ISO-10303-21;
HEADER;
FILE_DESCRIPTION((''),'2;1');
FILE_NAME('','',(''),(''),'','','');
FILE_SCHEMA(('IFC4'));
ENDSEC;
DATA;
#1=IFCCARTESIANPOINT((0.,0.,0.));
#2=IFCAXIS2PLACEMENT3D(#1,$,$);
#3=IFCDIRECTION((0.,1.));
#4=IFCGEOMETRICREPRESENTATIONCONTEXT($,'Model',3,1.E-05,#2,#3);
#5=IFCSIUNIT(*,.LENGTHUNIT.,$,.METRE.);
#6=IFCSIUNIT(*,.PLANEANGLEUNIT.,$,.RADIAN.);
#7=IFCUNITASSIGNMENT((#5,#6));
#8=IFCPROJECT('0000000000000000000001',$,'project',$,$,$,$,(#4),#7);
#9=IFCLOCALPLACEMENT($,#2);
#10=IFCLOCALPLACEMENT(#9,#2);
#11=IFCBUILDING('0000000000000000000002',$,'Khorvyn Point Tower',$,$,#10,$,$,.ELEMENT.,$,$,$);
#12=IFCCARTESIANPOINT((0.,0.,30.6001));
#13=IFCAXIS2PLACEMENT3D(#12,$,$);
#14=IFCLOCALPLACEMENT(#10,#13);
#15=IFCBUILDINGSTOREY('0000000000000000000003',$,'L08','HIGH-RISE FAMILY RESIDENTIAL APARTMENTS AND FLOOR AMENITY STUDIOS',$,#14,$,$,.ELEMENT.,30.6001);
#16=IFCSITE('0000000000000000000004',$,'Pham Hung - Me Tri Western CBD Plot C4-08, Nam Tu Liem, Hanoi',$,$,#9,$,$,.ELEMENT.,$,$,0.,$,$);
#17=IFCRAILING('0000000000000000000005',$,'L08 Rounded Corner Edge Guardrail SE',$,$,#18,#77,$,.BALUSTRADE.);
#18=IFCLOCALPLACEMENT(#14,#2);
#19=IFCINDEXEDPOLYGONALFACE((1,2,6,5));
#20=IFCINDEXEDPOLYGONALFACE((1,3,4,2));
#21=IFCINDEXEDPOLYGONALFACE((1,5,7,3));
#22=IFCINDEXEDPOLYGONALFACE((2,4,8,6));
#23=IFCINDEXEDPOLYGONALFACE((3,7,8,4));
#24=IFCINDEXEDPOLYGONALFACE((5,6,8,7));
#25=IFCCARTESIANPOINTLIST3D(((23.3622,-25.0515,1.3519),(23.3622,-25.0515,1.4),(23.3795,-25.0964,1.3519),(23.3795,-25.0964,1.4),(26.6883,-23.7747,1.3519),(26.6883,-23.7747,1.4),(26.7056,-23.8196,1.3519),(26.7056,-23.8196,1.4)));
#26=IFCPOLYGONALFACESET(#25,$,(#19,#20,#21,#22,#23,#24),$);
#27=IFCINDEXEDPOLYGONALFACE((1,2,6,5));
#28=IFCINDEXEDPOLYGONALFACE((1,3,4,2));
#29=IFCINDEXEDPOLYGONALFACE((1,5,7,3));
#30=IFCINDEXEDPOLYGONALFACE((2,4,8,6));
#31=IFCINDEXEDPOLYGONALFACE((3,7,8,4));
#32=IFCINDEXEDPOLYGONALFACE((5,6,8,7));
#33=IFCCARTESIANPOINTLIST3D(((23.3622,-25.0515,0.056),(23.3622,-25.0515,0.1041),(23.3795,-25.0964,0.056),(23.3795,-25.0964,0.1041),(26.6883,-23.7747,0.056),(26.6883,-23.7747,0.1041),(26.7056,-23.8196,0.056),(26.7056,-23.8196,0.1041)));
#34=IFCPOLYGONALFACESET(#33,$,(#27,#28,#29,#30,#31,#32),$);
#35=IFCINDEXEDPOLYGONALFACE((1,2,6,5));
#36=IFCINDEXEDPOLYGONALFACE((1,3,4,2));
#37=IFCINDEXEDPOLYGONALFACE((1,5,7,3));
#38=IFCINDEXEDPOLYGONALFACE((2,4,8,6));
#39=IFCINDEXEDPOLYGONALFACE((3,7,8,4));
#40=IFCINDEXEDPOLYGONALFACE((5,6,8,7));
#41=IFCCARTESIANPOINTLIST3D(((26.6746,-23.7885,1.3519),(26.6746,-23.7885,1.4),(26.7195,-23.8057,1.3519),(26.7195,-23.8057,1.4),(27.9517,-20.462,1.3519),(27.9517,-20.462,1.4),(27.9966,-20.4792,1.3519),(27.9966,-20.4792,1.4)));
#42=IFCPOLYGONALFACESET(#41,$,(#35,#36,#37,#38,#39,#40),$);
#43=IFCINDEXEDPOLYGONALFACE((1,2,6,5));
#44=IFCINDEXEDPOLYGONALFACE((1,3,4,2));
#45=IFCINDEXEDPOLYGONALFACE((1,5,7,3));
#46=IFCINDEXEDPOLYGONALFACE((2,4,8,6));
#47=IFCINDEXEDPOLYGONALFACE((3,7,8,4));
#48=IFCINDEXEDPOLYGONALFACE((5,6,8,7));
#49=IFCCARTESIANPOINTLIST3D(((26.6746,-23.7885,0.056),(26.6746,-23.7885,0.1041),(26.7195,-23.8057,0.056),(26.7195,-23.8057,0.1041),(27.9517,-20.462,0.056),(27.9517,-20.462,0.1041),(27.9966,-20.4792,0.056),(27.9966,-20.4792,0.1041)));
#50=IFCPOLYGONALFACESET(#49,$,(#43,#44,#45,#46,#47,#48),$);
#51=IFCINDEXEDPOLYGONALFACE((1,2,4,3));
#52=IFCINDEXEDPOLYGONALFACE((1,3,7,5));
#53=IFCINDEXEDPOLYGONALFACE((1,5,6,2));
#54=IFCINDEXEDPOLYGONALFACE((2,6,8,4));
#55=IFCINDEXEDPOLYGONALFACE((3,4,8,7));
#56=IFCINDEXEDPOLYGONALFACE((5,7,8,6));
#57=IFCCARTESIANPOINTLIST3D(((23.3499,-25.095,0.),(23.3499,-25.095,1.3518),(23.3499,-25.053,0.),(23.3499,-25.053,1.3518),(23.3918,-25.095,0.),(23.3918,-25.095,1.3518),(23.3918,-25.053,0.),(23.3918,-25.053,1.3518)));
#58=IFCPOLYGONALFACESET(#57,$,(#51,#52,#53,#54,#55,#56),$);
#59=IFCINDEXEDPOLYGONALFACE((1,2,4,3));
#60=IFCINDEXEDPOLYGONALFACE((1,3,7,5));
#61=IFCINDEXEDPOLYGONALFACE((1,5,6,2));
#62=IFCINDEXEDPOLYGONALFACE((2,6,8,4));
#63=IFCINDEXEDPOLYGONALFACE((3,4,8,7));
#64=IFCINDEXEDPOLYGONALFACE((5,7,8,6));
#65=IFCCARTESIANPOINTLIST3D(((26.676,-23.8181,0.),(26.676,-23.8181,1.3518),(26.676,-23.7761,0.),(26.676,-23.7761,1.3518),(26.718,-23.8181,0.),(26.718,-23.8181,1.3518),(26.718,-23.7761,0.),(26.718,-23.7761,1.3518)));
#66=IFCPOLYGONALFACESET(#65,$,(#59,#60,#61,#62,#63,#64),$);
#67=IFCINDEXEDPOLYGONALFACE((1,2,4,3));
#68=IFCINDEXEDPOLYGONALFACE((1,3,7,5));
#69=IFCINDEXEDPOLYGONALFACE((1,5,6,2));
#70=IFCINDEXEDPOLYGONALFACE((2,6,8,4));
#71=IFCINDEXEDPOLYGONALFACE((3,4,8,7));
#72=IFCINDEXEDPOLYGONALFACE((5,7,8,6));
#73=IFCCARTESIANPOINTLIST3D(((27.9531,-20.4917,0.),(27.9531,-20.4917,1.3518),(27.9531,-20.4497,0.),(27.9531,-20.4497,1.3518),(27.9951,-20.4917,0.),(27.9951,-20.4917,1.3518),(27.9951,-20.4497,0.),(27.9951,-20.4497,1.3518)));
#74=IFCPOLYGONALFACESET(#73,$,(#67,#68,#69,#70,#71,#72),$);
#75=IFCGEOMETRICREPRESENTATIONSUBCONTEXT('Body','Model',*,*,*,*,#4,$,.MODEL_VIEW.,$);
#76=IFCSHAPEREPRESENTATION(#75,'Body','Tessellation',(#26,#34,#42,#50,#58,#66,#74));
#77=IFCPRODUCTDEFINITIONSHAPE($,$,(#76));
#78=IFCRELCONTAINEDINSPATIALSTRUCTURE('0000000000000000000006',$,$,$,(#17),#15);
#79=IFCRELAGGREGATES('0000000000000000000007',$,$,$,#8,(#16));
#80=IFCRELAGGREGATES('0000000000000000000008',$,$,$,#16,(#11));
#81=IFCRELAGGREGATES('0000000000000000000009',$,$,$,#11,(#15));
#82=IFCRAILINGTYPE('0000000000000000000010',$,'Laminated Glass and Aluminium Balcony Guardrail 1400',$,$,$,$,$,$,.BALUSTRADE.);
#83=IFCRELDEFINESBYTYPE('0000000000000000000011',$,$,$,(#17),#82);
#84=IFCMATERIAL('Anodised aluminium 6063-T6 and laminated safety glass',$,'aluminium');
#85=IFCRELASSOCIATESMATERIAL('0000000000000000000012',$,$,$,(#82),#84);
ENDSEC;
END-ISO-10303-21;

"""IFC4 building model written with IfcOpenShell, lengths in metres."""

from ifc_helpers import new_model, si_unit, direction, frame, origin, origin_2d, place, context, subcontext, project, spatial, rectangle, extrude, material, type_object, element, save


model = new_model("IFC4")

# Units and contexts
model_context = context("Model", 3, precision=1e-05, world=origin(), true_north=direction((0.0, 1.0)))
body_context = subcontext(model_context, "Body", "Model", "MODEL_VIEW")
ifc_project = project(units=[si_unit("LENGTHUNIT", "METRE"), si_unit("PLANEANGLEUNIT", "RADIAN")], contexts=[model_context])

# Site, building, storey
site_placement = place(None, origin())
site = spatial("IfcSite", under=ifc_project, at=site_placement, Name="Pham Hung - Me Tri Western CBD Plot C4-08, Nam Tu Liem, Hanoi", CompositionType="ELEMENT", RefElevation=0.0)
building_placement = place(site_placement, origin())
building = spatial("IfcBuilding", under=site, at=building_placement, Name="Khorvyn Point Tower", CompositionType="ELEMENT")
storey_placement = place(building_placement, frame((0.0, 0.0, 30.6001)))
storey = spatial("IfcBuildingStorey", under=building, at=storey_placement, Name="L08", Description="HIGH-RISE FAMILY RESIDENTIAL APARTMENTS AND FLOOR AMENITY STUDIOS", CompositionType="ELEMENT", Elevation=30.6001)

# Railing
ifc_material_1 = material(Name="Anodised aluminium 6063-T6 and laminated safety glass", Category="aluminium")
railing_type = type_object("IfcRailingType", Name="Laminated Glass and Aluminium Balcony Guardrail 1400", PredefinedType="BALUSTRADE", material=ifc_material_1)
railing_1_placement = place(storey_placement, frame((23.3708, -25.074, 0.0)))
element("IfcRailing", 1, at=railing_1_placement, inside=storey, type_object=railing_type, Name="L08 Rounded Corner Edge Guardrail SE", PredefinedType="BALUSTRADE", context=body_context, shape_type="SweptSolid", body=[
    extrude(rectangle(XDim=0.0481, YDim=0.0481, at=origin_2d()), frame((0.0, 0.0, 1.376), z_axis=(0.933575, 0.358382, 0.0), x_axis=(-0.358382, 0.933575, 0.0)), (0.0, 0.0, 1.0), 3.5627),
    extrude(rectangle(XDim=0.0481, YDim=0.0481, at=origin_2d()), frame((0.0, 0.0, 0.0801), z_axis=(0.933575, 0.358382, 0.0), x_axis=(-0.358382, 0.933575, 0.0)), (0.0, 0.0, 1.0), 3.5627),
    extrude(rectangle(XDim=0.0481, YDim=0.0481, at=origin_2d()), frame((3.3262, 1.2769, 1.376), z_axis=(0.358419, 0.933561, 0.0), x_axis=(-0.933561, 0.358419, 0.0)), (0.0, 0.0, 1.0), 3.5632),
    extrude(rectangle(XDim=0.0481, YDim=0.0481, at=origin_2d()), frame((3.3262, 1.2769, 0.0801), z_axis=(0.358419, 0.933561, 0.0), x_axis=(-0.933561, 0.358419, 0.0)), (0.0, 0.0, 1.0), 3.5632),
    extrude(rectangle(XDim=0.042, YDim=0.042, at=origin_2d()), origin(), (0.0, 0.0, 1.0), 1.3518),
    extrude(rectangle(XDim=0.042, YDim=0.042, at=origin_2d()), frame((3.3262, 1.2769, 0.0)), (0.0, 0.0, 1.0), 1.3518),
    extrude(rectangle(XDim=0.042, YDim=0.042, at=origin_2d()), frame((4.6033, 4.6033, 0.0)), (0.0, 0.0, 1.0), 1.3518),
])

save(model, "model.ifc")
